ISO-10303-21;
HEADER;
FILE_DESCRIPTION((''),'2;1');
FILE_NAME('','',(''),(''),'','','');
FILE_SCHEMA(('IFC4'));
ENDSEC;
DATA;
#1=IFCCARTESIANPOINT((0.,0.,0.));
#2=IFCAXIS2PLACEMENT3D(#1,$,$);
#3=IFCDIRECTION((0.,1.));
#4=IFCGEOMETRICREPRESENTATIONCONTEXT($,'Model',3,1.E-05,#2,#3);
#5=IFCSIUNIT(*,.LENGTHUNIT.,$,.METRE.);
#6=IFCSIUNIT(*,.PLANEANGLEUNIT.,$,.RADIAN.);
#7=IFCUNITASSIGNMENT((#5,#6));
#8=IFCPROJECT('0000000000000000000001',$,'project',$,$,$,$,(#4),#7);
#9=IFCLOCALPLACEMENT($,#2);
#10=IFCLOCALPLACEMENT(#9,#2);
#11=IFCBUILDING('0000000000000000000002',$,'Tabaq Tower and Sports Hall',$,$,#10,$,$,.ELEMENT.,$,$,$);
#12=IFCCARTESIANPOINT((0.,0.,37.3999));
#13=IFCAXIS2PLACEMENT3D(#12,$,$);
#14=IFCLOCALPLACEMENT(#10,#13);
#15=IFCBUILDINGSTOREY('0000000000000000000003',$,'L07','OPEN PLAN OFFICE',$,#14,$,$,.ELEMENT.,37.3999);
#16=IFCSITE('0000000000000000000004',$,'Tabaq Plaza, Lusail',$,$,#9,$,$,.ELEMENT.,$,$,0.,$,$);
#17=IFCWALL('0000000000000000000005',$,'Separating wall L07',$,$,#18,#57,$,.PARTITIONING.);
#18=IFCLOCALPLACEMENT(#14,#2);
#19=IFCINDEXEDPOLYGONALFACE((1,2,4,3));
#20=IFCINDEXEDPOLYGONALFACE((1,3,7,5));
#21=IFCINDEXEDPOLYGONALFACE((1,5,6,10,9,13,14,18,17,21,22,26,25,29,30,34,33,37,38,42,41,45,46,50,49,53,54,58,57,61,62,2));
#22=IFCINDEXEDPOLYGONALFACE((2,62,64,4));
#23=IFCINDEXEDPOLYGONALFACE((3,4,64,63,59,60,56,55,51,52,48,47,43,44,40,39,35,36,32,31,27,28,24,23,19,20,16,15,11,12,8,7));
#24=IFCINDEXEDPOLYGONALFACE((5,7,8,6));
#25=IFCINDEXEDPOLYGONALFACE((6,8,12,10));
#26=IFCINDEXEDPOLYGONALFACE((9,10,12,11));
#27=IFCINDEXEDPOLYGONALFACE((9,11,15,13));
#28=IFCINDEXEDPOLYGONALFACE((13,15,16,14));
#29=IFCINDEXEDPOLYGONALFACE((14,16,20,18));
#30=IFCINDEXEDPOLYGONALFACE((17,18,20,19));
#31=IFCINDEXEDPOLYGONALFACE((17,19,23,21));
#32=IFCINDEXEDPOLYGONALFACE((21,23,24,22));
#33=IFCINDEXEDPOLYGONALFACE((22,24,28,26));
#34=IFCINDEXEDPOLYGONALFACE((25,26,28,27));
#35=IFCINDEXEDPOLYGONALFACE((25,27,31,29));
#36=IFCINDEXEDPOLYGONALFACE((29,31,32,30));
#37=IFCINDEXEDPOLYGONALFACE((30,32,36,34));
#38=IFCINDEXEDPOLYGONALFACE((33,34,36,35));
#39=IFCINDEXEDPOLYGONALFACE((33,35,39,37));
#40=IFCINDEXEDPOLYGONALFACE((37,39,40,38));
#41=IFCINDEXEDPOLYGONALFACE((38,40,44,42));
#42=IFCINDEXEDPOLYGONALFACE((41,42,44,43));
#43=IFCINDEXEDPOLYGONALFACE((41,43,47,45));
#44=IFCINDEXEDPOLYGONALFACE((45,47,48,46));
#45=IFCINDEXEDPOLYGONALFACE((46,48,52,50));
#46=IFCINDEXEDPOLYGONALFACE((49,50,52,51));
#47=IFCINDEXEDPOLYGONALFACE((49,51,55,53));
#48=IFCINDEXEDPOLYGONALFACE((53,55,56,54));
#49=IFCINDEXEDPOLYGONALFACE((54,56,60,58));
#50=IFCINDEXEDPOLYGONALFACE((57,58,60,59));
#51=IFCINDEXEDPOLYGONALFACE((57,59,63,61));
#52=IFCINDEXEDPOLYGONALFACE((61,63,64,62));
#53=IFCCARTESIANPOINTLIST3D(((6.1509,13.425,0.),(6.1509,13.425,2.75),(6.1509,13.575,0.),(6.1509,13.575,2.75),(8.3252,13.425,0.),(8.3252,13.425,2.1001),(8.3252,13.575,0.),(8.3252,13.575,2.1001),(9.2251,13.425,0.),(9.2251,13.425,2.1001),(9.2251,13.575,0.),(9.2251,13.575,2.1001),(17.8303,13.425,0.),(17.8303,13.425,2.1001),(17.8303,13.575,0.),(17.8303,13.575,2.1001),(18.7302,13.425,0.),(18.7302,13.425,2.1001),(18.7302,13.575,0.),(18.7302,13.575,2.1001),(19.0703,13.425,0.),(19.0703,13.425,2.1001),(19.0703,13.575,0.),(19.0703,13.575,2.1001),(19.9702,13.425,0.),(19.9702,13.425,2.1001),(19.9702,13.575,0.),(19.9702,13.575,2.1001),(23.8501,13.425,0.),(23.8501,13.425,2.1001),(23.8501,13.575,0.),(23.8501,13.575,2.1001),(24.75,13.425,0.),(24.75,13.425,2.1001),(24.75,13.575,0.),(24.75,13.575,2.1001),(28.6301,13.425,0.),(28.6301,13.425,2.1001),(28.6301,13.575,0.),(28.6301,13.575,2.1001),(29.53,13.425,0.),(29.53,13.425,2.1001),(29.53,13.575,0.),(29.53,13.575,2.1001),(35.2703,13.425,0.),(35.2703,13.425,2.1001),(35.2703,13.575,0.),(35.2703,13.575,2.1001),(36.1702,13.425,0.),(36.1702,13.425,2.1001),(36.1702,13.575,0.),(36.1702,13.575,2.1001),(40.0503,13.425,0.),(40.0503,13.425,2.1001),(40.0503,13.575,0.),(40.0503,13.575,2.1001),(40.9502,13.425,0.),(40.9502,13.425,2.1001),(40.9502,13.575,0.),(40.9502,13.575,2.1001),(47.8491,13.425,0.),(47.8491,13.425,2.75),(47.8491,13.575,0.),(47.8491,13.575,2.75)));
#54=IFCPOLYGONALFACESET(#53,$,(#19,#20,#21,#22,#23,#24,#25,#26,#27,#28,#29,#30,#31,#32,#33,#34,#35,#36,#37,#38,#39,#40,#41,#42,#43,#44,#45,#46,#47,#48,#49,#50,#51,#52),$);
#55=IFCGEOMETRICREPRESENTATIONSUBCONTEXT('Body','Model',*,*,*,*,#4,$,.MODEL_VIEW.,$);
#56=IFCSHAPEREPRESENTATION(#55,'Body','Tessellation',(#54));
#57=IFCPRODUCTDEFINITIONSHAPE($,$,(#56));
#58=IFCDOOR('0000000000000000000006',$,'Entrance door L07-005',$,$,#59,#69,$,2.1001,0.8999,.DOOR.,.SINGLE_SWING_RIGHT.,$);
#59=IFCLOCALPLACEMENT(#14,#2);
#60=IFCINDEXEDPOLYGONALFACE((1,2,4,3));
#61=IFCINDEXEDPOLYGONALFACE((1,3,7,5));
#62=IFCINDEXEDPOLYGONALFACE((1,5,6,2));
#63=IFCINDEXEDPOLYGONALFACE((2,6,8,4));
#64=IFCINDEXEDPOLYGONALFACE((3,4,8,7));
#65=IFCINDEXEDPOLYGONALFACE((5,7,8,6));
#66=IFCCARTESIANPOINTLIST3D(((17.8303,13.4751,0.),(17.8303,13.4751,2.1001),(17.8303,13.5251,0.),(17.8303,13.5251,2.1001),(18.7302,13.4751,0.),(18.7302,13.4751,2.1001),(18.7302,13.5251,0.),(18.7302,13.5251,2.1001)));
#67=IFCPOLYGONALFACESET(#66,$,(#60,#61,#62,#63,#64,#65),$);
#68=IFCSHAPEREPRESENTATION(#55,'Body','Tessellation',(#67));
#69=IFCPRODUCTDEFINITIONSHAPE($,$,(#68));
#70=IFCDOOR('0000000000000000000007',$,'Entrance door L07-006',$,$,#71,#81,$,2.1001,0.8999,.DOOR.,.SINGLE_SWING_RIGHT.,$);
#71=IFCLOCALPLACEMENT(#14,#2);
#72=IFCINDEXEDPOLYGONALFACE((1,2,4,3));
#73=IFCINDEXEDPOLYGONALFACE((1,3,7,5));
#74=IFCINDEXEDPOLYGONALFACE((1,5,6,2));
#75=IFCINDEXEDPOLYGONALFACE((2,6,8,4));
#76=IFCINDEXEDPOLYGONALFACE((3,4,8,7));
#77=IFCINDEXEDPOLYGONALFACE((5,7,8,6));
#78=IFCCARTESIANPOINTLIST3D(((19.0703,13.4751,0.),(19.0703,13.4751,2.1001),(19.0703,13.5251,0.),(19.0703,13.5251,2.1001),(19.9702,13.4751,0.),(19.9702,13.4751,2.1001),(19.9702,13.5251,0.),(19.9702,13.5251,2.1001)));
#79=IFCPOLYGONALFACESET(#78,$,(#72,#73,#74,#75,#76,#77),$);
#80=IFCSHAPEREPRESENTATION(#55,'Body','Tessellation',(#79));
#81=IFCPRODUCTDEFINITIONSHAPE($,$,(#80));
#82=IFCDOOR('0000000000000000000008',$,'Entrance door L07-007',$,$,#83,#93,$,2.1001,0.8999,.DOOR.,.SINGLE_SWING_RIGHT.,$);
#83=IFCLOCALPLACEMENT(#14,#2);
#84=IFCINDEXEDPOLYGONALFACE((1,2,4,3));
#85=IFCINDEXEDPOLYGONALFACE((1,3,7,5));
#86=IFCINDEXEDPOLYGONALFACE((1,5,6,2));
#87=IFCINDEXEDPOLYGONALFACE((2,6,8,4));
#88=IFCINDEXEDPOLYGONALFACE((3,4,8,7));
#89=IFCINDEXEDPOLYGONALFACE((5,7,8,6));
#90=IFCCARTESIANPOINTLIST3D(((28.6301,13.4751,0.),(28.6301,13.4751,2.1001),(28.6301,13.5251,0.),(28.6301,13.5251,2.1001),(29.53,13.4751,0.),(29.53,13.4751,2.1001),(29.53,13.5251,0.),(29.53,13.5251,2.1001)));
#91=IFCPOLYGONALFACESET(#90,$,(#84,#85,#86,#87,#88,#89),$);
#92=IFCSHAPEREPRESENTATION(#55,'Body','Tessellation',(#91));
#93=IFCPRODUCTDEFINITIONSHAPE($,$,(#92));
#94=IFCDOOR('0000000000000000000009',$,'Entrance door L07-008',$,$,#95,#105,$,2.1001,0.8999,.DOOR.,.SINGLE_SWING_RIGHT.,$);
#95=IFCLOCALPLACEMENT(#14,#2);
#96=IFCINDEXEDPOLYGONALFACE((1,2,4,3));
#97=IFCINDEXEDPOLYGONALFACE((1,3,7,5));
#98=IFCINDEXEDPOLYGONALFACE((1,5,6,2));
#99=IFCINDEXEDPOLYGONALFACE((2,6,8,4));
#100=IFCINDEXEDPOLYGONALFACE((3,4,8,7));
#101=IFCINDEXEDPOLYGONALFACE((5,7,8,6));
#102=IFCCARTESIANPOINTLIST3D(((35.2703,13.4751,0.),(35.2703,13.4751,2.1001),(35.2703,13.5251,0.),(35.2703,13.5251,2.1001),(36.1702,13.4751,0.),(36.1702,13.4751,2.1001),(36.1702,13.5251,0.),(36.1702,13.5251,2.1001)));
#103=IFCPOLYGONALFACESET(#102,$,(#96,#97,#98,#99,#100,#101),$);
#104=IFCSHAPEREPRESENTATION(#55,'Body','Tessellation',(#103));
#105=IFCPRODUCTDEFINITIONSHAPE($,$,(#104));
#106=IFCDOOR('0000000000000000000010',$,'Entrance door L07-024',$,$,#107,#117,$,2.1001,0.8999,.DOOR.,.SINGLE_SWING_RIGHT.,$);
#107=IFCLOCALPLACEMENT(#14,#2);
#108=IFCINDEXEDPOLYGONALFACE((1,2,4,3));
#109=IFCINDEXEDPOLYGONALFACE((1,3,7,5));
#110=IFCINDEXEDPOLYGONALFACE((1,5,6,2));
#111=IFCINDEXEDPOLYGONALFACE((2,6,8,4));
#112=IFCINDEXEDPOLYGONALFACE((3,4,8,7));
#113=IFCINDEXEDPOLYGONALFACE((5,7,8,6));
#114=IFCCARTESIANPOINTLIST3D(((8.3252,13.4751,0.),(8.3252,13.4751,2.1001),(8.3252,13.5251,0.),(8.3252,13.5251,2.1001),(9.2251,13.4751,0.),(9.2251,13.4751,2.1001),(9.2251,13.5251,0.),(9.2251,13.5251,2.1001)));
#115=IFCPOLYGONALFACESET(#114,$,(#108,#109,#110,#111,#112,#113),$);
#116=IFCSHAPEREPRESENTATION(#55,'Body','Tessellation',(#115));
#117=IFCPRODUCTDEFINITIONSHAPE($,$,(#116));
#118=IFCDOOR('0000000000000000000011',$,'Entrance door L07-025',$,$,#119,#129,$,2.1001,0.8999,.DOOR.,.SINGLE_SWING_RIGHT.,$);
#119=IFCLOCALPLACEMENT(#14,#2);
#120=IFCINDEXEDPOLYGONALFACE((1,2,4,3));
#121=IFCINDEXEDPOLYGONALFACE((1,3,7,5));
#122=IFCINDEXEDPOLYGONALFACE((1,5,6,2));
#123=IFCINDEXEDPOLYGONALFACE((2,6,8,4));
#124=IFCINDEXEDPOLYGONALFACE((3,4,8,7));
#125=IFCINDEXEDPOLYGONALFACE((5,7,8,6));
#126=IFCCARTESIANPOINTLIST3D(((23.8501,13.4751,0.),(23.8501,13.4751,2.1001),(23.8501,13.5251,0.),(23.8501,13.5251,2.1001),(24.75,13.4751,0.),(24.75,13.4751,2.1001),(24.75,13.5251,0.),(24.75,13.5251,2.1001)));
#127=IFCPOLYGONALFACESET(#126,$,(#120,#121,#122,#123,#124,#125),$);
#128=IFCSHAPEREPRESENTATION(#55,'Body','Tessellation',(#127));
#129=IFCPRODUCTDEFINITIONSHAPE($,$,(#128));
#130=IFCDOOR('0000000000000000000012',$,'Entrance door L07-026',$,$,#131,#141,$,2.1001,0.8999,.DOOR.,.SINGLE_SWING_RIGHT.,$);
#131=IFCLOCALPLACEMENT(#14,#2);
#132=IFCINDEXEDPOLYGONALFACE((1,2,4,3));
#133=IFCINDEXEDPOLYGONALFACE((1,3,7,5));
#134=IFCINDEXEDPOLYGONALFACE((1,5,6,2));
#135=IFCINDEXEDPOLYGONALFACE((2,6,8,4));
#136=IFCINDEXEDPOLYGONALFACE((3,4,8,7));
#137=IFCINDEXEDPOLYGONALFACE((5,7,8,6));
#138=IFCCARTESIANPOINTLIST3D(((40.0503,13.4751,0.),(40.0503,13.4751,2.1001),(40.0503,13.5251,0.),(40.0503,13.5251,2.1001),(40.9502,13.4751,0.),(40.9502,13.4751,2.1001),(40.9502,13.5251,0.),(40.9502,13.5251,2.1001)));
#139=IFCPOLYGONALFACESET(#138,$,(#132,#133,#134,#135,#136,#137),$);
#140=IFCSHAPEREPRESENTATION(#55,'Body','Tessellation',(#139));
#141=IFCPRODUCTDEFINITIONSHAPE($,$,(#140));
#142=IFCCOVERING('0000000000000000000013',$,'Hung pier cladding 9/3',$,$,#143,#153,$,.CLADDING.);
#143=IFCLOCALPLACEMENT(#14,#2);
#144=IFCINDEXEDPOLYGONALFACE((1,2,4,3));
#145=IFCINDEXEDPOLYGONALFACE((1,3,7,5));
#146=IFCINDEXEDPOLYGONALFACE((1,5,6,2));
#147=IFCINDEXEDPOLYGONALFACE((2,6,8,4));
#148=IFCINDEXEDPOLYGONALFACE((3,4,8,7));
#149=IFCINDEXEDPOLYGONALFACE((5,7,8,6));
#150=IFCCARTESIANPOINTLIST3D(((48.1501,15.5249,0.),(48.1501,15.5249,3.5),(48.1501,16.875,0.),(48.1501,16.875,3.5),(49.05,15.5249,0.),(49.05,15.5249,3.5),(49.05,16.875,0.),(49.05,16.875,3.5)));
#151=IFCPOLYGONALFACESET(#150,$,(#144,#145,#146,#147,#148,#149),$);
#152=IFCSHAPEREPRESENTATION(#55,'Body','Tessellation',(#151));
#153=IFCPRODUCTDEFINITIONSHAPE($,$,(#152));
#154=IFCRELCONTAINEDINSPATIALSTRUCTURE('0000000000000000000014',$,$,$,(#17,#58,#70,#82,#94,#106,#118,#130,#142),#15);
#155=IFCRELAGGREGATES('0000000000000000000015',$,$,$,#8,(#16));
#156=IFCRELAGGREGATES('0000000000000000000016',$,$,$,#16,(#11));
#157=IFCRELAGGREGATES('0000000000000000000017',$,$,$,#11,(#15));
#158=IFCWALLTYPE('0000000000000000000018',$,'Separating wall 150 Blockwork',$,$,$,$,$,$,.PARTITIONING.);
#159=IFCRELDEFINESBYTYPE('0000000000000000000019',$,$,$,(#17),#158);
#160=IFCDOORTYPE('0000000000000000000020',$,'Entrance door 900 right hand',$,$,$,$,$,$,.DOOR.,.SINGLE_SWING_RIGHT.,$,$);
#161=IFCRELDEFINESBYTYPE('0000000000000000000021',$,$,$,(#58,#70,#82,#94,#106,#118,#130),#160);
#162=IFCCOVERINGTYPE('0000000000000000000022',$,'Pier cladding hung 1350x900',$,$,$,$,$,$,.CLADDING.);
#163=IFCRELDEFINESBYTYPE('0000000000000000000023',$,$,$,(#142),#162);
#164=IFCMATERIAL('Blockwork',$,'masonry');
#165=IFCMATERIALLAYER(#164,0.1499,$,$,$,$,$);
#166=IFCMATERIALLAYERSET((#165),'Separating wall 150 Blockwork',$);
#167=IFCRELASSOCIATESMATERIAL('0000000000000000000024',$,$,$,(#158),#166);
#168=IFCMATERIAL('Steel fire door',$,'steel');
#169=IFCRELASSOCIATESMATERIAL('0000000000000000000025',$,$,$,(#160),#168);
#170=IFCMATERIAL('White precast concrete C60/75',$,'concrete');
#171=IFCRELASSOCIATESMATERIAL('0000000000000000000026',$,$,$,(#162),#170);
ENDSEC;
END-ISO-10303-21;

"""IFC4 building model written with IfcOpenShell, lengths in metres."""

from ifc_helpers import new_model, si_unit, direction, frame, frame_2d, origin, place, context, subcontext, project, spatial, rectangle, extrude, material, layer, layer_set, type_object, element, fill, save


model = new_model("IFC4")

# Units and contexts
model_context = context("Model", 3, precision=1e-05, world=origin(), true_north=direction((0.0, 1.0)))
body_context = subcontext(model_context, "Body", "Model", "MODEL_VIEW")
ifc_project = project(units=[si_unit("LENGTHUNIT", "METRE"), si_unit("PLANEANGLEUNIT", "RADIAN")], contexts=[model_context])

# Site, building, storey
site_placement = place(None, origin())
site = spatial("IfcSite", under=ifc_project, at=site_placement, Name="Tabaq Plaza, Lusail", CompositionType="ELEMENT", RefElevation=0.0)
building_placement = place(site_placement, origin())
building = spatial("IfcBuilding", under=site, at=building_placement, Name="Tabaq Tower and Sports Hall", CompositionType="ELEMENT")
storey_placement = place(building_placement, frame((0.0, 0.0, 37.3999)))
storey = spatial("IfcBuildingStorey", under=building, at=storey_placement, Name="L07", Description="OPEN PLAN OFFICE", CompositionType="ELEMENT", Elevation=37.3999)

# Shared definitions
ifc_material_1 = material(Name="Blockwork", Category="masonry")
ifc_layer_1 = layer(ifc_material_1, 0.1499)
ifc_layer_set_1 = layer_set([ifc_layer_1], Name="Separating wall 150 Blockwork")
wall_type_1 = type_object("IfcWallType", Name="Separating wall 150 Blockwork", PredefinedType="PARTITIONING", material=ifc_layer_set_1)

# Wall, openings, doors
wall_1_placement = place(storey_placement, frame((47.8491, 13.5, 0.0), z_axis=(0.0, 0.0, 1.0), x_axis=(-1.0, 0.0, 0.0)))
wall_1 = element("IfcWall", 1, at=wall_1_placement, inside=storey, type_object=wall_type_1, Name="Separating wall L07", PredefinedType="PARTITIONING", context=body_context, shape_type="SweptSolid", body=[
    extrude(rectangle(XDim=41.6982, YDim=0.1499, at=frame_2d((20.8491, 0.0))), origin(), (0.0, 0.0, 1.0), 2.75),
])
opening_1_placement = place(wall_1_placement, frame((29.1189, 0.0, 0.0)))
opening_1 = element("IfcOpeningElement", 2, at=opening_1_placement, cuts=wall_1, PredefinedType="OPENING", context=body_context, shape_type="SweptSolid", body=[
    extrude(rectangle(XDim=0.8999, YDim=2.1001, at=frame_2d((0.45, 1.05))), frame((0.0, 0.075, 0.0), z_axis=(0.0, -1.0, 0.0), x_axis=(1.0, 0.0, 0.0)), (0.0, 0.0, 1.0), 0.1499),
])
opening_2_placement = place(wall_1_placement, frame((27.8789, 0.0, 0.0)))
opening_2 = element("IfcOpeningElement", 3, at=opening_2_placement, cuts=wall_1, PredefinedType="OPENING", context=body_context, shape_type="SweptSolid", body=[
    extrude(rectangle(XDim=0.8999, YDim=2.1001, at=frame_2d((0.45, 1.05))), frame((0.0, 0.075, 0.0), z_axis=(0.0, -1.0, 0.0), x_axis=(1.0, 0.0, 0.0)), (0.0, 0.0, 1.0), 0.1499),
])
opening_3_placement = place(wall_1_placement, frame((18.3191, 0.0, 0.0)))
opening_3 = element("IfcOpeningElement", 4, at=opening_3_placement, cuts=wall_1, PredefinedType="OPENING", context=body_context, shape_type="SweptSolid", body=[
    extrude(rectangle(XDim=0.8999, YDim=2.1001, at=frame_2d((0.45, 1.05))), frame((0.0, 0.075, 0.0), z_axis=(0.0, -1.0, 0.0), x_axis=(1.0, 0.0, 0.0)), (0.0, 0.0, 1.0), 0.1499),
])
opening_4_placement = place(wall_1_placement, frame((11.679, 0.0, 0.0)))
opening_4 = element("IfcOpeningElement", 5, at=opening_4_placement, cuts=wall_1, PredefinedType="OPENING", context=body_context, shape_type="SweptSolid", body=[
    extrude(rectangle(XDim=0.8999, YDim=2.1001, at=frame_2d((0.45, 1.05))), frame((0.0, 0.075, 0.0), z_axis=(0.0, -1.0, 0.0), x_axis=(1.0, 0.0, 0.0)), (0.0, 0.0, 1.0), 0.1499),
])
opening_5_placement = place(wall_1_placement, frame((38.624, 0.0, 0.0)))
opening_5 = element("IfcOpeningElement", 6, at=opening_5_placement, cuts=wall_1, PredefinedType="OPENING", context=body_context, shape_type="SweptSolid", body=[
    extrude(rectangle(XDim=0.8999, YDim=2.1001, at=frame_2d((0.45, 1.05))), frame((0.0, 0.075, 0.0), z_axis=(0.0, -1.0, 0.0), x_axis=(1.0, 0.0, 0.0)), (0.0, 0.0, 1.0), 0.1499),
])
opening_6_placement = place(wall_1_placement, frame((23.0991, 0.0, 0.0)))
opening_6 = element("IfcOpeningElement", 7, at=opening_6_placement, cuts=wall_1, PredefinedType="OPENING", context=body_context, shape_type="SweptSolid", body=[
    extrude(rectangle(XDim=0.8999, YDim=2.1001, at=frame_2d((0.45, 1.05))), frame((0.0, 0.075, 0.0), z_axis=(0.0, -1.0, 0.0), x_axis=(1.0, 0.0, 0.0)), (0.0, 0.0, 1.0), 0.1499),
])
opening_7_placement = place(wall_1_placement, frame((6.8989, 0.0, 0.0)))
opening_7 = element("IfcOpeningElement", 8, at=opening_7_placement, cuts=wall_1, PredefinedType="OPENING", context=body_context, shape_type="SweptSolid", body=[
    extrude(rectangle(XDim=0.8999, YDim=2.1001, at=frame_2d((0.45, 1.05))), frame((0.0, 0.075, 0.0), z_axis=(0.0, -1.0, 0.0), x_axis=(1.0, 0.0, 0.0)), (0.0, 0.0, 1.0), 0.1499),
])
ifc_material_2 = material(Name="Steel fire door", Category="steel")
door_type_1 = type_object("IfcDoorType", Name="Entrance door 900 right hand", OperationType="SINGLE_SWING_RIGHT", PredefinedType="DOOR", material=ifc_material_2)
door_1_placement = place(opening_1_placement, origin())
door_1 = element("IfcDoor", 9, at=door_1_placement, inside=storey, type_object=door_type_1, Name="Entrance door L07-005", OperationType="SINGLE_SWING_RIGHT", OverallHeight=2.1001, OverallWidth=0.8999, PredefinedType="DOOR", context=body_context, shape_type="SweptSolid", body=[
    extrude(rectangle(XDim=0.8999, YDim=2.1001, at=frame_2d((0.45, 1.05))), frame((0.0, 0.0249, 0.0), z_axis=(0.0, -1.0, 0.0), x_axis=(1.0, 0.0, 0.0)), (0.0, 0.0, 1.0), 0.05),
])
fill(opening_1, door_1)
door_2_placement = place(opening_2_placement, origin())
door_2 = element("IfcDoor", 10, at=door_2_placement, inside=storey, type_object=door_type_1, Name="Entrance door L07-006", OperationType="SINGLE_SWING_RIGHT", OverallHeight=2.1001, OverallWidth=0.8999, PredefinedType="DOOR", context=body_context, shape_type="SweptSolid", body=[
    extrude(rectangle(XDim=0.8999, YDim=2.1001, at=frame_2d((0.45, 1.05))), frame((0.0, 0.0249, 0.0), z_axis=(0.0, -1.0, 0.0), x_axis=(1.0, 0.0, 0.0)), (0.0, 0.0, 1.0), 0.05),
])
fill(opening_2, door_2)
door_3_placement = place(opening_3_placement, origin())
door_3 = element("IfcDoor", 11, at=door_3_placement, inside=storey, type_object=door_type_1, Name="Entrance door L07-007", OperationType="SINGLE_SWING_RIGHT", OverallHeight=2.1001, OverallWidth=0.8999, PredefinedType="DOOR", context=body_context, shape_type="SweptSolid", body=[
    extrude(rectangle(XDim=0.8999, YDim=2.1001, at=frame_2d((0.45, 1.05))), frame((0.0, 0.0249, 0.0), z_axis=(0.0, -1.0, 0.0), x_axis=(1.0, 0.0, 0.0)), (0.0, 0.0, 1.0), 0.05),
])
fill(opening_3, door_3)
door_4_placement = place(opening_4_placement, origin())
door_4 = element("IfcDoor", 12, at=door_4_placement, inside=storey, type_object=door_type_1, Name="Entrance door L07-008", OperationType="SINGLE_SWING_RIGHT", OverallHeight=2.1001, OverallWidth=0.8999, PredefinedType="DOOR", context=body_context, shape_type="SweptSolid", body=[
    extrude(rectangle(XDim=0.8999, YDim=2.1001, at=frame_2d((0.45, 1.05))), frame((0.0, 0.0249, 0.0), z_axis=(0.0, -1.0, 0.0), x_axis=(1.0, 0.0, 0.0)), (0.0, 0.0, 1.0), 0.05),
])
fill(opening_4, door_4)
door_5_placement = place(opening_5_placement, origin())
door_5 = element("IfcDoor", 13, at=door_5_placement, inside=storey, type_object=door_type_1, Name="Entrance door L07-024", OperationType="SINGLE_SWING_RIGHT", OverallHeight=2.1001, OverallWidth=0.8999, PredefinedType="DOOR", context=body_context, shape_type="SweptSolid", body=[
    extrude(rectangle(XDim=0.8999, YDim=2.1001, at=frame_2d((0.45, 1.05))), frame((0.0, 0.0249, 0.0), z_axis=(0.0, -1.0, 0.0), x_axis=(1.0, 0.0, 0.0)), (0.0, 0.0, 1.0), 0.05),
])
fill(opening_5, door_5)
door_6_placement = place(opening_6_placement, origin())
door_6 = element("IfcDoor", 14, at=door_6_placement, inside=storey, type_object=door_type_1, Name="Entrance door L07-025", OperationType="SINGLE_SWING_RIGHT", OverallHeight=2.1001, OverallWidth=0.8999, PredefinedType="DOOR", context=body_context, shape_type="SweptSolid", body=[
    extrude(rectangle(XDim=0.8999, YDim=2.1001, at=frame_2d((0.45, 1.05))), frame((0.0, 0.0249, 0.0), z_axis=(0.0, -1.0, 0.0), x_axis=(1.0, 0.0, 0.0)), (0.0, 0.0, 1.0), 0.05),
])
fill(opening_6, door_6)
door_7_placement = place(opening_7_placement, origin())
door_7 = element("IfcDoor", 15, at=door_7_placement, inside=storey, type_object=door_type_1, Name="Entrance door L07-026", OperationType="SINGLE_SWING_RIGHT", OverallHeight=2.1001, OverallWidth=0.8999, PredefinedType="DOOR", context=body_context, shape_type="SweptSolid", body=[
    extrude(rectangle(XDim=0.8999, YDim=2.1001, at=frame_2d((0.45, 1.05))), frame((0.0, 0.0249, 0.0), z_axis=(0.0, -1.0, 0.0), x_axis=(1.0, 0.0, 0.0)), (0.0, 0.0, 1.0), 0.05),
])
fill(opening_7, door_7)

# Covering
ifc_material_3 = material(Name="White precast concrete C60/75", Category="concrete")
covering_type_1 = type_object("IfcCoveringType", Name="Pier cladding hung 1350x900", PredefinedType="CLADDING", material=ifc_material_3)
covering_1_placement = place(storey_placement, frame((48.6001, 15.5249, 0.0), z_axis=(0.0, 0.0, 1.0), x_axis=(0.0, 1.0, 0.0)))
element("IfcCovering", 16, at=covering_1_placement, inside=storey, type_object=covering_type_1, Name="Hung pier cladding 9/3", PredefinedType="CLADDING", context=body_context, shape_type="SweptSolid", body=[
    extrude(rectangle(XDim=1.3501, YDim=0.8999, at=frame_2d((0.675, 0.0))), origin(), (0.0, 0.0, 1.0), 3.5),
])

save(model, "model.ifc")
